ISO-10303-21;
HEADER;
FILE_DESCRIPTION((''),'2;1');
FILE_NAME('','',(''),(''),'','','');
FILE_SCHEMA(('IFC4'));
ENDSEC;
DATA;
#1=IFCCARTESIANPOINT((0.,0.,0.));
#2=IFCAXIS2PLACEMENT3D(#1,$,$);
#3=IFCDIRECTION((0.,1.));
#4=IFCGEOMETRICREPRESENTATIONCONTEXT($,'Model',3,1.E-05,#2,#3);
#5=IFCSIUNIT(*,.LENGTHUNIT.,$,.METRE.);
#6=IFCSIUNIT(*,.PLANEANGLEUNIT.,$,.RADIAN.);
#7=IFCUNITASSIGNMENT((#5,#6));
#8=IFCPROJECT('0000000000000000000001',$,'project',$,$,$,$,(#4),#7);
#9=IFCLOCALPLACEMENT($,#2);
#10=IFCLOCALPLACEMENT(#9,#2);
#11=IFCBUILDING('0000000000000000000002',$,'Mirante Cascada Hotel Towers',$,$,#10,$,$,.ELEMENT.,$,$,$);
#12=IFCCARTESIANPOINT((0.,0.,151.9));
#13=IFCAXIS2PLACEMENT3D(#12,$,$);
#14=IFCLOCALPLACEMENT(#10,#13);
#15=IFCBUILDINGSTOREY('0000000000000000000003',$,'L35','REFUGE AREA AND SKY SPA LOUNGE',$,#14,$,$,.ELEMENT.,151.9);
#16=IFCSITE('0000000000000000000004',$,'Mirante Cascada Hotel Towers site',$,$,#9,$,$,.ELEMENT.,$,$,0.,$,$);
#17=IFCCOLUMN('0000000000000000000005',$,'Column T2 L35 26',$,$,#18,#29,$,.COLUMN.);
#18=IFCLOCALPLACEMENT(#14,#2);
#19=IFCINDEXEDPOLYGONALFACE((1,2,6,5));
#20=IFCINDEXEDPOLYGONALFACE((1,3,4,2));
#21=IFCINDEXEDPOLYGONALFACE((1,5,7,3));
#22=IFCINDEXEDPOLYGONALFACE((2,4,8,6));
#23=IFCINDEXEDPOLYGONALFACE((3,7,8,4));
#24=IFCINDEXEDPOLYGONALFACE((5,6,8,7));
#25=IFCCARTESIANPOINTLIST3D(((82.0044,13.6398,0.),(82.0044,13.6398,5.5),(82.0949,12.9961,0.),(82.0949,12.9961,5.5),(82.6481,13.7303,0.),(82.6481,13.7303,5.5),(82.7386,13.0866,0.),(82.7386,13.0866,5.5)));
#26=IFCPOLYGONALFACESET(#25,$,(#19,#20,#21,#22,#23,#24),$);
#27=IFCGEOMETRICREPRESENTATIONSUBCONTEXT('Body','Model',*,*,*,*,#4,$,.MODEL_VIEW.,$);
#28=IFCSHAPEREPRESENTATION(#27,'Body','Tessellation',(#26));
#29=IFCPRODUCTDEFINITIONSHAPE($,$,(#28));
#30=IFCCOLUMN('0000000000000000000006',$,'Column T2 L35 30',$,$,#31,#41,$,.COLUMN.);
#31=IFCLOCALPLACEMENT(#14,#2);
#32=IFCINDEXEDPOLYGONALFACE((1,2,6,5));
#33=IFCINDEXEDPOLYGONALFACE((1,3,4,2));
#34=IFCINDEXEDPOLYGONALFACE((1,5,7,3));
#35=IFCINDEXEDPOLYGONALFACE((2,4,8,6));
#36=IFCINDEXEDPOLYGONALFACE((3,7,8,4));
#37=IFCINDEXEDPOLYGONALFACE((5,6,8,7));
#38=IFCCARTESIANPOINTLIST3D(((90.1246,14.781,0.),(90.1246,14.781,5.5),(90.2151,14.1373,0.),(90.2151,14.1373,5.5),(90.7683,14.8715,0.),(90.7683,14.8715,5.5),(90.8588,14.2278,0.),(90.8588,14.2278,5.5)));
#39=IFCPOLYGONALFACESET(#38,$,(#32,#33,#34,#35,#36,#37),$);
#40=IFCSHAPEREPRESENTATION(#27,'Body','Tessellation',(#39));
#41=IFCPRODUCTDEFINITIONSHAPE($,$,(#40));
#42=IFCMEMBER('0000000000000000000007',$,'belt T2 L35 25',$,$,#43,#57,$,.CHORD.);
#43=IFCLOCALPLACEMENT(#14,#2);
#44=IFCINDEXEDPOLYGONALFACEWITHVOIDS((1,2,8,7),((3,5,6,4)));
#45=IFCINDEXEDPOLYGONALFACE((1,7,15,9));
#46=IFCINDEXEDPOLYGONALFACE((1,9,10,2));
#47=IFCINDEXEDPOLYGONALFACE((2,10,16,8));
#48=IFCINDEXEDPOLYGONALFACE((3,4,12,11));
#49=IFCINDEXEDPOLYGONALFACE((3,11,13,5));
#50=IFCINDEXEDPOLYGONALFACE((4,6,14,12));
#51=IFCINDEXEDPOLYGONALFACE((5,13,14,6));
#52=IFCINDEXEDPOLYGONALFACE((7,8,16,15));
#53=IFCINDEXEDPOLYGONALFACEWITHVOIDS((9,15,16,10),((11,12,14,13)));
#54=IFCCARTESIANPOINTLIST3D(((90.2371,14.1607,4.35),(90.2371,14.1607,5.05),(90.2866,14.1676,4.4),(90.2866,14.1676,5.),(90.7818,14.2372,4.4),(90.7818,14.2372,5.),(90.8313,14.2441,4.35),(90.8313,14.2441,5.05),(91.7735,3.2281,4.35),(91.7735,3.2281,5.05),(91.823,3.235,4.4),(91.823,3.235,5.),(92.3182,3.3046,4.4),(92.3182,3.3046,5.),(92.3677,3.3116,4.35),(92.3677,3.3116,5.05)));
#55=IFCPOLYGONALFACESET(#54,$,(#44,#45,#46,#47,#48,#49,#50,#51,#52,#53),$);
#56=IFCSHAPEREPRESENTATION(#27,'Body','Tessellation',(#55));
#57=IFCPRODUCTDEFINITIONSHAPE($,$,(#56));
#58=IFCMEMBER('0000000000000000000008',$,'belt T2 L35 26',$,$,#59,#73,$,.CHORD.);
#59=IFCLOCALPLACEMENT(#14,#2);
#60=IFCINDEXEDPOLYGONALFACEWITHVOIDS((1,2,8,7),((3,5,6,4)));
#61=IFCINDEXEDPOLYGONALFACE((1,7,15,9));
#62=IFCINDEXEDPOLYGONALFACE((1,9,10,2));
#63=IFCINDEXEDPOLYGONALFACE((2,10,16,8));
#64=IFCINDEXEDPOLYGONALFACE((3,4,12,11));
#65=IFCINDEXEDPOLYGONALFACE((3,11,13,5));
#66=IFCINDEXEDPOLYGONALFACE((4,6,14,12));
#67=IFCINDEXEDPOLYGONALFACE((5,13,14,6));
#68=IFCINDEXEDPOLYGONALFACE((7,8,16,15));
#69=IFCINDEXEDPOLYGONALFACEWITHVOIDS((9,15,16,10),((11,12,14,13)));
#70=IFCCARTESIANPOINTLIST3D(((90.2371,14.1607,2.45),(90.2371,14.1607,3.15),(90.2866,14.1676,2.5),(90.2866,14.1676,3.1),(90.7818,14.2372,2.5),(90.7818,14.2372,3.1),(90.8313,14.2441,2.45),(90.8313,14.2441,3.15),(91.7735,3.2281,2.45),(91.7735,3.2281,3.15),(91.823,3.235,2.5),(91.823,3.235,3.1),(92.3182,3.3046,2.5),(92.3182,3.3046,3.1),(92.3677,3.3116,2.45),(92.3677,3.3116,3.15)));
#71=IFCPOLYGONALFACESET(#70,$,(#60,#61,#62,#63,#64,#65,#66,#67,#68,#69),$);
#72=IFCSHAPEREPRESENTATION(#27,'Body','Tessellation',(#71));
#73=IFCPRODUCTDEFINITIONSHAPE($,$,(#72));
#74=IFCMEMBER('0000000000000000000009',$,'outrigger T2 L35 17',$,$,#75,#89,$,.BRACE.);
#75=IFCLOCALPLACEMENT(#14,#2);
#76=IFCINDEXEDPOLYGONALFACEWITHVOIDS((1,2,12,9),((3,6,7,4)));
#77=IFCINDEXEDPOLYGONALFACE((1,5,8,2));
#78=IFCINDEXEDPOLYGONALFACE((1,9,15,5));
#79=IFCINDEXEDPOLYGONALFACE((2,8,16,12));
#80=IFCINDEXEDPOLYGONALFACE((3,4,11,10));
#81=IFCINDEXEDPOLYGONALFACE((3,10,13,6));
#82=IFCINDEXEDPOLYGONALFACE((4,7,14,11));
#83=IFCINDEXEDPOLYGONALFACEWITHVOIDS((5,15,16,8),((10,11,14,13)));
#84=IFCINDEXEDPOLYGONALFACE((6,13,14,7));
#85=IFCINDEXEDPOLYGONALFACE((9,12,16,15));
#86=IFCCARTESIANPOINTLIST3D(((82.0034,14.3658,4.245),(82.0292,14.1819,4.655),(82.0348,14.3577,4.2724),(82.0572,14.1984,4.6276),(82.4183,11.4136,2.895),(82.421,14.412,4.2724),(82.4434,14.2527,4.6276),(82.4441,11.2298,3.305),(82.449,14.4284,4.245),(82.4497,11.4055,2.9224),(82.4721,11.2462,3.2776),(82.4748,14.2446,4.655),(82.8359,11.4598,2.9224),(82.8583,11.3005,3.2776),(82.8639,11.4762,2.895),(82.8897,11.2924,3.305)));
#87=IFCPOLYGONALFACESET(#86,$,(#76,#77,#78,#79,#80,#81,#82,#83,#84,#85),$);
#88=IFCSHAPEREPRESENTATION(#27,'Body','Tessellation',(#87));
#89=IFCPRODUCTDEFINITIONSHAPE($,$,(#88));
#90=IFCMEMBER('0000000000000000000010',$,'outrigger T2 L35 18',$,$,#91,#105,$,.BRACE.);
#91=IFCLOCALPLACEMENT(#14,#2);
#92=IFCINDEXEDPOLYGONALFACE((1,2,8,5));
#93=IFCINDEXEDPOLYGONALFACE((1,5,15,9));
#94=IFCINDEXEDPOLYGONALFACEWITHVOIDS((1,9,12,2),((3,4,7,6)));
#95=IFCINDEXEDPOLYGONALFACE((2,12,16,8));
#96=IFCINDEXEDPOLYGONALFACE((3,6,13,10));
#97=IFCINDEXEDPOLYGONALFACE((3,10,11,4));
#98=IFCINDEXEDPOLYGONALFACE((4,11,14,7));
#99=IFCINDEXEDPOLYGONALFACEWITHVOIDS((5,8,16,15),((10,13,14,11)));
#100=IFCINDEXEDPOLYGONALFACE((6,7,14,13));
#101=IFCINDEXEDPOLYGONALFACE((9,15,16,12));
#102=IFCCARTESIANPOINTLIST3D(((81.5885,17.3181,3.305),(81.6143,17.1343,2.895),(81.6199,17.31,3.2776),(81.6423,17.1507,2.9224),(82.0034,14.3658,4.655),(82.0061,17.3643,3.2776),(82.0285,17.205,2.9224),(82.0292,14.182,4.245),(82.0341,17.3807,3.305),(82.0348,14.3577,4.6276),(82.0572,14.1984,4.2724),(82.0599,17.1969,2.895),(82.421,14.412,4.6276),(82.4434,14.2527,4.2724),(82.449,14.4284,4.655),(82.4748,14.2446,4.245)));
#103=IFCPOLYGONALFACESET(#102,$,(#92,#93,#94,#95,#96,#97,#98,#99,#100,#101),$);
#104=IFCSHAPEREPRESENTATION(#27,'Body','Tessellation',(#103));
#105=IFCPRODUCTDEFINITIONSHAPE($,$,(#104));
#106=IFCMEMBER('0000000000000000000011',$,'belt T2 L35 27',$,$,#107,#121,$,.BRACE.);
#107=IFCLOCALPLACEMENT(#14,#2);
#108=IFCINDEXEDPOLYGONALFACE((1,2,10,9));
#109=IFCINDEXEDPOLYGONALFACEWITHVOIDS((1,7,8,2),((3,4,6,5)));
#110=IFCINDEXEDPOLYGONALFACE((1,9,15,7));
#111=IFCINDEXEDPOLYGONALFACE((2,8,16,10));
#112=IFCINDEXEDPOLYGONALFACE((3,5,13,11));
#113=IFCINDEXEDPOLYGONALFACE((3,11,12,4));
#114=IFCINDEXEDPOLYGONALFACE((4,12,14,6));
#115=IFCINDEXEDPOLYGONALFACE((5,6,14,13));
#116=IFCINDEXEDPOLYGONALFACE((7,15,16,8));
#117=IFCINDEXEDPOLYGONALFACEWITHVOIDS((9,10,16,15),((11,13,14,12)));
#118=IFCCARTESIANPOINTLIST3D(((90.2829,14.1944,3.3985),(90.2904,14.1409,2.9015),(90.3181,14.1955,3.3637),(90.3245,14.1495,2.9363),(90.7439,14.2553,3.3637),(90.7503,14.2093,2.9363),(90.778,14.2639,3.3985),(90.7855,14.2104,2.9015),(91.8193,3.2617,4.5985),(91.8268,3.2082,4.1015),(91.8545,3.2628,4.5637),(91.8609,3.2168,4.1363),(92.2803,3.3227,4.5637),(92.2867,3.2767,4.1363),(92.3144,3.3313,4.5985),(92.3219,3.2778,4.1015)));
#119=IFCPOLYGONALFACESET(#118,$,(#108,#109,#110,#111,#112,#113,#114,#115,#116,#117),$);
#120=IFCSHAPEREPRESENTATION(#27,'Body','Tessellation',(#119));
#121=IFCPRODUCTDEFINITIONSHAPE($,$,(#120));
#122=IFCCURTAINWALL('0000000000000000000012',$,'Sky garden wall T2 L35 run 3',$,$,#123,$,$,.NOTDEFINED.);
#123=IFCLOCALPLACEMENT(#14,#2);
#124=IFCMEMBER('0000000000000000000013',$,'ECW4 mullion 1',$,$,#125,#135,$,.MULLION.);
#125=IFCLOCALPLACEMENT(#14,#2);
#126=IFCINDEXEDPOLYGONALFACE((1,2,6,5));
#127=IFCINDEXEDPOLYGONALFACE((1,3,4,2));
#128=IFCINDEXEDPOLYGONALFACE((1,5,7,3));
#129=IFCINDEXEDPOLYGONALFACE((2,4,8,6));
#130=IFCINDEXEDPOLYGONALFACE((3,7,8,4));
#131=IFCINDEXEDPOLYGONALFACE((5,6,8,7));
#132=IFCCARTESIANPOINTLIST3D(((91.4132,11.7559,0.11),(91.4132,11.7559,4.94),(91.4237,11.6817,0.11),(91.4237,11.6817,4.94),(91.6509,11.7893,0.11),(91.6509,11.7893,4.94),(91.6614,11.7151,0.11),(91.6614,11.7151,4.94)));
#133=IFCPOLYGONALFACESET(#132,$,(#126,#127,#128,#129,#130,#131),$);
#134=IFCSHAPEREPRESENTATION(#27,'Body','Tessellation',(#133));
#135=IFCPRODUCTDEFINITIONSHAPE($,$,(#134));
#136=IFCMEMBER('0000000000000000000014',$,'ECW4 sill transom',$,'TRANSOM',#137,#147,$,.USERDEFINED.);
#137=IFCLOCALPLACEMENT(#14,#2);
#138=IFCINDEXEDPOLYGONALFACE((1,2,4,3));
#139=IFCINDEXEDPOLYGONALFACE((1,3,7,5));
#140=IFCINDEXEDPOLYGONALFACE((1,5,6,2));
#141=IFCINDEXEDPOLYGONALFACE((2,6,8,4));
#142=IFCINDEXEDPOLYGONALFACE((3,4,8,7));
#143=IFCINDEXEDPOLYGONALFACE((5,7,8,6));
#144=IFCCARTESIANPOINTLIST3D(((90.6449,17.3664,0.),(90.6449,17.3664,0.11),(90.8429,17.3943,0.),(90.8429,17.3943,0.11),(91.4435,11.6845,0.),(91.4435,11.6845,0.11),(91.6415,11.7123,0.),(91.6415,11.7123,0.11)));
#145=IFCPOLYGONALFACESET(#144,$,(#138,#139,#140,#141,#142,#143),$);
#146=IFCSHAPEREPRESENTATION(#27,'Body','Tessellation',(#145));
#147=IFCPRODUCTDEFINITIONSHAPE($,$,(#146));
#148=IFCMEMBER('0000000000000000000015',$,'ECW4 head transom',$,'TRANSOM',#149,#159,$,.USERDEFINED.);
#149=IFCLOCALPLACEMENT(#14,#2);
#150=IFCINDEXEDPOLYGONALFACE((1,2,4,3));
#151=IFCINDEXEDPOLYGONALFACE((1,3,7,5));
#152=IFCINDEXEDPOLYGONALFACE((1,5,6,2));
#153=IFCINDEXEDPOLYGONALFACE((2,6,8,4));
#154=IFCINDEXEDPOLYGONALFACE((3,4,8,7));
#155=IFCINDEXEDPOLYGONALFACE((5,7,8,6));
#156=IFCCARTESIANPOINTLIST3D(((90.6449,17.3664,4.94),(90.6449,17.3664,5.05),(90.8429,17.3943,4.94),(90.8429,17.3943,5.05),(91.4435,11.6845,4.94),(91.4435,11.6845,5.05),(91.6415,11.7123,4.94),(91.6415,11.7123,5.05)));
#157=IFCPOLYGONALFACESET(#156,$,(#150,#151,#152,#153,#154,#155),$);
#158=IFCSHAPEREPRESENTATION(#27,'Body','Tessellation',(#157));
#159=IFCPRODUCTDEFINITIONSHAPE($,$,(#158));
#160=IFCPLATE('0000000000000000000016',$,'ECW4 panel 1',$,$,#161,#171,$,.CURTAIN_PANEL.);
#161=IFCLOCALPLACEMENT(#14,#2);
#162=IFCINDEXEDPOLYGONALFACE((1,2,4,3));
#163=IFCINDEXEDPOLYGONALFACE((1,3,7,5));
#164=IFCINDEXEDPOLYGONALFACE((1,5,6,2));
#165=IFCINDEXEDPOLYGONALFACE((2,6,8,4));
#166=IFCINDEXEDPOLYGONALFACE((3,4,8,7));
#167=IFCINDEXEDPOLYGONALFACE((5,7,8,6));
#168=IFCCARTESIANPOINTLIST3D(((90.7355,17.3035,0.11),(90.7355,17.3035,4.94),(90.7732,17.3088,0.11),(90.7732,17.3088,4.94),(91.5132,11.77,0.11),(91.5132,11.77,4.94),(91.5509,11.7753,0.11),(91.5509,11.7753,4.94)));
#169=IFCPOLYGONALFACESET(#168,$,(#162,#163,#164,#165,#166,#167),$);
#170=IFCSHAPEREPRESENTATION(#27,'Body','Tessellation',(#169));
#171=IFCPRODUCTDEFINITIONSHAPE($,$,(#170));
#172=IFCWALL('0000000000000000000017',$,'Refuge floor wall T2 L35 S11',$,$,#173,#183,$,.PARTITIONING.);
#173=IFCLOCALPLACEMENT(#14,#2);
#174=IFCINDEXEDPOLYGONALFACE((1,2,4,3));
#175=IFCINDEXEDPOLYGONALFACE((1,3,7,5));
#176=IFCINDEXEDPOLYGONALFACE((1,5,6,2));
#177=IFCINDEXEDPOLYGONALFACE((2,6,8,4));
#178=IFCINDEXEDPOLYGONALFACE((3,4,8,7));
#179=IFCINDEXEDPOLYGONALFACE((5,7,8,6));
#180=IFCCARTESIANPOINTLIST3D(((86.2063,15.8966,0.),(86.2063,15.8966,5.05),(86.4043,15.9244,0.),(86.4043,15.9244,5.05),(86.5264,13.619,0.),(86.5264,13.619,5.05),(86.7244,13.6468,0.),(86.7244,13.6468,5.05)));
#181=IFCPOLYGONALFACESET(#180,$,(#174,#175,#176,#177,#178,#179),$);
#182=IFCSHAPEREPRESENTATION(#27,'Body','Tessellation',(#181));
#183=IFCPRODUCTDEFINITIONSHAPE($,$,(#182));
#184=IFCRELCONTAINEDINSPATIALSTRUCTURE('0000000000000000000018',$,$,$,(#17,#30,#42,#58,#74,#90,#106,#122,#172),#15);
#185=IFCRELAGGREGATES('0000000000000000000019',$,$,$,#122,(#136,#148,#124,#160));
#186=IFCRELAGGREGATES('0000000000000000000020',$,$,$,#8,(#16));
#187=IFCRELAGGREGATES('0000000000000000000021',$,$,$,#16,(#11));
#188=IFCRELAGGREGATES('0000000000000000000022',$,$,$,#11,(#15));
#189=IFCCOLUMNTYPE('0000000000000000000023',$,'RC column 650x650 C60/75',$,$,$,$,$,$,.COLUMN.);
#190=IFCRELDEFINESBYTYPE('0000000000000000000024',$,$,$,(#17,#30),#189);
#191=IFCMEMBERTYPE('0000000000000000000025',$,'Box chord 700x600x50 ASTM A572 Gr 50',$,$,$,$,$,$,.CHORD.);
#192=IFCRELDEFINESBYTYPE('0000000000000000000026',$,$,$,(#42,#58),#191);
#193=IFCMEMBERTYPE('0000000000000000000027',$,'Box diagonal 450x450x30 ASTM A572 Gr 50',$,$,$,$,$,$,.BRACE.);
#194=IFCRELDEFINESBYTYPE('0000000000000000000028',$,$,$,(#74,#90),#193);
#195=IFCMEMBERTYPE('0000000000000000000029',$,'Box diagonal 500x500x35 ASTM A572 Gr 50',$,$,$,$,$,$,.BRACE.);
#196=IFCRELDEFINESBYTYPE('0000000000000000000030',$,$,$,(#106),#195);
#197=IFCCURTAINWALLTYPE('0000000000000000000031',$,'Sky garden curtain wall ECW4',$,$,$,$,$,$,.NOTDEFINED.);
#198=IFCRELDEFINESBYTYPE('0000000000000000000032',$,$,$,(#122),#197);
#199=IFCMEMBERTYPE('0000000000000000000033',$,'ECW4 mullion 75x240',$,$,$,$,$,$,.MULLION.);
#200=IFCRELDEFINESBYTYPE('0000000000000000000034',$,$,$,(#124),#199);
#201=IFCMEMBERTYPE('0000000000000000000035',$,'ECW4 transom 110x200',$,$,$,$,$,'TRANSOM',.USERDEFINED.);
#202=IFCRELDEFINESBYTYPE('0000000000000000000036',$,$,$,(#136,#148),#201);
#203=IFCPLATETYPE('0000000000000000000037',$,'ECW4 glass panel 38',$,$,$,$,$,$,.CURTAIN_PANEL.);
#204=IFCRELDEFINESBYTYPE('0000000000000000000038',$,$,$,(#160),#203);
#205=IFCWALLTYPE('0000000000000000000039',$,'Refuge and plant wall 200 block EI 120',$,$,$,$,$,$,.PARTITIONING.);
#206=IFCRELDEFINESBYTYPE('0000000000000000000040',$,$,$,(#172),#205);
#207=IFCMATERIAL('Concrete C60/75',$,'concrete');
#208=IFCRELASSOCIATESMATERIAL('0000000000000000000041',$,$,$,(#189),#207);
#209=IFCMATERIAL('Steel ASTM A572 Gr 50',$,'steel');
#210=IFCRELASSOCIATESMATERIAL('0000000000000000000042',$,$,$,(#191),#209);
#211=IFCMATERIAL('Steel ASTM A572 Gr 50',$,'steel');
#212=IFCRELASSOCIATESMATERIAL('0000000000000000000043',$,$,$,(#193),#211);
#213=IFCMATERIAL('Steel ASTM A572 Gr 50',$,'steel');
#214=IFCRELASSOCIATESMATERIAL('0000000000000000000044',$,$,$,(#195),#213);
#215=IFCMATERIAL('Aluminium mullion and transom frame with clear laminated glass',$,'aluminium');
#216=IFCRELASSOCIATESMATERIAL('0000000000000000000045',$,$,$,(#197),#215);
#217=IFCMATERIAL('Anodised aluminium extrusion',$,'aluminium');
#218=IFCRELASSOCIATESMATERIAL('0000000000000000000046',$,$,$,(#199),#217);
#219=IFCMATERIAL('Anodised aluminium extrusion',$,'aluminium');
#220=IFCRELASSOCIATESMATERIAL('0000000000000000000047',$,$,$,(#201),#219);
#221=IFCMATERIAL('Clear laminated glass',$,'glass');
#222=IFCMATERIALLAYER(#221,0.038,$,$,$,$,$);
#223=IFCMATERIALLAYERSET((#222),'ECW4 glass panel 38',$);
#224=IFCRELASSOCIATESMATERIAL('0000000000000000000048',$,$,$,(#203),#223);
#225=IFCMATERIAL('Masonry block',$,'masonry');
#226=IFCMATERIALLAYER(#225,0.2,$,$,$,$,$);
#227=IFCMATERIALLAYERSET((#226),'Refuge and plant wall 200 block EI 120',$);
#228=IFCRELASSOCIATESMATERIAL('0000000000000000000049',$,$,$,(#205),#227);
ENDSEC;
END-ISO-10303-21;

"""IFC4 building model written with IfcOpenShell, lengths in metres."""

from ifc_helpers import new_model, si_unit, direction, frame, frame_2d, origin, origin_2d, place, context, subcontext, project, spatial, rectangle, hollow_rectangle, extrude, material, layer, layer_set, material_profile, profile_set, type_object, element, aggregate, save


model = new_model("IFC4")

# Units and contexts
model_context = context("Model", 3, precision=1e-05, world=origin(), true_north=direction((0.0, 1.0)))
body_context = subcontext(model_context, "Body", "Model", "MODEL_VIEW")
ifc_project = project(units=[si_unit("LENGTHUNIT", "METRE"), si_unit("PLANEANGLEUNIT", "RADIAN")], contexts=[model_context])

# Site, building, storey
site_placement = place(None, origin())
site = spatial("IfcSite", under=ifc_project, at=site_placement, Name="Mirante Cascada Hotel Towers site", CompositionType="ELEMENT", RefElevation=0.0)
building_placement = place(site_placement, origin())
building = spatial("IfcBuilding", under=site, at=building_placement, Name="Mirante Cascada Hotel Towers", CompositionType="ELEMENT")
storey_placement = place(building_placement, frame((0.0, 0.0, 151.9)))
storey = spatial("IfcBuildingStorey", under=building, at=storey_placement, Name="L35", Description="REFUGE AREA AND SKY SPA LOUNGE", CompositionType="ELEMENT", Elevation=151.9)

# Columns
ifc_material_1 = material(Name="Concrete C60/75", Category="concrete")
ifc_material_profile_1 = material_profile(ifc_material_1, rectangle(XDim=0.65, YDim=0.65, at=origin_2d()), Name="RC column 650x650 C60/75")
ifc_profile_set_1 = profile_set([ifc_material_profile_1], Name="Concrete C60/75")
column_type = type_object("IfcColumnType", Name="RC column 650x650 C60/75", PredefinedType="COLUMN", material=ifc_profile_set_1)
for number, where, z_axis, x_axis, name in (
    (1, (82.3715, 13.3632, 0.0), (0.0, 0.0, 1.0), (0.990268, 0.139173, 0.0), "Column T2 L35 26"),
    (2, (90.4917, 14.5044, 0.0), (0.0, 0.0, 1.0), (0.990268, 0.139173, 0.0), "Column T2 L35 30"),
):
    element("IfcColumn", number, at=place(storey_placement, frame(where, z_axis=z_axis, x_axis=x_axis)), inside=storey, type_object=column_type, Name=name, PredefinedType="COLUMN", context=body_context, shape_type="SweptSolid", body=[
        extrude(rectangle(XDim=0.65, YDim=0.65, at=origin_2d()), origin(), (0.0, 0.0, 1.0), 5.5),
    ])

# Members
ifc_material_2 = material(Name="Steel ASTM A572 Gr 50", Category="steel")
ifc_material_profile_2 = material_profile(ifc_material_2, hollow_rectangle(XDim=0.6, YDim=0.7, WallThickness=0.05, at=origin_2d()), Name="Box chord 700x600x50 ASTM A572 Gr 50")
ifc_profile_set_2 = profile_set([ifc_material_profile_2], Name="Steel ASTM A572 Gr 50")
member_type_1 = type_object("IfcMemberType", Name="Box chord 700x600x50 ASTM A572 Gr 50", PredefinedType="CHORD", material=ifc_profile_set_2)
for number, where, z_axis, x_axis, name in (
    (3, (90.5342, 14.2024, 4.7), (0.139166, -0.990269, 0.0), (0.990269, 0.139166, 0.0), "belt T2 L35 25"),
    (4, (90.5342, 14.2024, 2.8), (0.139166, -0.990269, 0.0), (0.990269, 0.139166, 0.0), "belt T2 L35 26"),
):
    element("IfcMember", number, at=place(storey_placement, frame(where, z_axis=z_axis, x_axis=x_axis)), inside=storey, type_object=member_type_1, Name=name, PredefinedType="CHORD", context=body_context, shape_type="SweptSolid", body=[
        extrude(hollow_rectangle(XDim=0.6, YDim=0.7, WallThickness=0.05, at=origin_2d()), origin(), (0.0, 0.0, 1.0), 11.04),
    ])
ifc_material_3 = material(Name="Steel ASTM A572 Gr 50", Category="steel")
ifc_material_profile_3 = material_profile(ifc_material_3, hollow_rectangle(XDim=0.45, YDim=0.45, WallThickness=0.03, at=origin_2d()), Name="Box diagonal 450x450x30 ASTM A572 Gr 50")
ifc_profile_set_3 = profile_set([ifc_material_profile_3], Name="Steel ASTM A572 Gr 50")
member_type_2 = type_object("IfcMemberType", Name="Box diagonal 450x450x30 ASTM A572 Gr 50", PredefinedType="BRACE", material=ifc_profile_set_3)
member_1_placement = place(storey_placement, frame((82.654, 11.353, 3.1), z_axis=(-0.126779, 0.902087, 0.412512), x_axis=(-0.990268, -0.139172, 0.0)))
element("IfcMember", 5, at=member_1_placement, inside=storey, type_object=member_type_2, Name="outrigger T2 L35 17", PredefinedType="BRACE", context=body_context, shape_type="SweptSolid", body=[
    extrude(hollow_rectangle(XDim=0.45, YDim=0.45, WallThickness=0.03, at=origin_2d()), origin(), (0.0, 0.0, 1.0), 3.2726),
])
member_2_placement = place(storey_placement, frame((82.2391, 14.3052, 4.45), z_axis=(-0.126775, 0.902093, -0.4125), x_axis=(-0.990269, -0.139167, 0.0)))
element("IfcMember", 6, at=member_2_placement, inside=storey, type_object=member_type_2, Name="outrigger T2 L35 18", PredefinedType="BRACE", context=body_context, shape_type="SweptSolid", body=[
    extrude(hollow_rectangle(XDim=0.45, YDim=0.45, WallThickness=0.03, at=origin_2d()), origin(), (0.0, 0.0, 1.0), 3.2727),
])
ifc_material_4 = material(Name="Steel ASTM A572 Gr 50", Category="steel")
ifc_material_profile_4 = material_profile(ifc_material_4, hollow_rectangle(XDim=0.5, YDim=0.5, WallThickness=0.035, at=origin_2d()), Name="Box diagonal 500x500x35 ASTM A572 Gr 50")
ifc_profile_set_4 = profile_set([ifc_material_profile_4], Name="Steel ASTM A572 Gr 50")
member_type_3 = type_object("IfcMemberType", Name="Box diagonal 500x500x35 ASTM A572 Gr 50", PredefinedType="BRACE", material=ifc_profile_set_4)
member_3_placement = place(storey_placement, frame((90.5342, 14.2024, 3.15), z_axis=(0.138351, -0.984471, 0.108059), x_axis=(0.990269, 0.139166, 0.0)))
element("IfcMember", 7, at=member_3_placement, inside=storey, type_object=member_type_3, Name="belt T2 L35 27", PredefinedType="BRACE", context=body_context, shape_type="SweptSolid", body=[
    extrude(hollow_rectangle(XDim=0.5, YDim=0.5, WallThickness=0.035, at=origin_2d()), origin(), (0.0, 0.0, 1.0), 11.1051),
])

# Curtain wall, members, plate
ifc_material_5 = material(Name="Aluminium mullion and transom frame with clear laminated glass", Category="aluminium")
curtain_wall_type = type_object("IfcCurtainWallType", Name="Sky garden curtain wall ECW4", PredefinedType="NOTDEFINED", material=ifc_material_5)
curtain_wall_placement = place(storey_placement, origin())
curtain_wall = element("IfcCurtainWall", 8, at=curtain_wall_placement, inside=storey, type_object=curtain_wall_type, Name="Sky garden wall T2 L35 run 3", PredefinedType="NOTDEFINED")
ifc_material_6 = material(Name="Anodised aluminium extrusion", Category="aluminium")
ifc_material_profile_5 = material_profile(ifc_material_6, rectangle(XDim=0.24, YDim=0.075, at=origin_2d()), Name="ECW4 MULLION 75x240")
ifc_profile_set_5 = profile_set([ifc_material_profile_5], Name="Anodised aluminium extrusion")
member_type_4 = type_object("IfcMemberType", Name="ECW4 mullion 75x240", PredefinedType="MULLION", material=ifc_profile_set_5)
member_4_placement = place(storey_placement, frame((91.5373, 11.7355, 0.11), z_axis=(0.0, 0.0, 1.0), x_axis=(-0.990268, -0.139173, 0.0)))
member_4 = element("IfcMember", 9, at=member_4_placement, type_object=member_type_4, Name="ECW4 mullion 1", PredefinedType="MULLION", context=body_context, shape_type="SweptSolid", body=[
    extrude(rectangle(XDim=0.24, YDim=0.075, at=origin_2d()), origin(), (0.0, 0.0, 1.0), 4.83),
])
ifc_material_7 = material(Name="Anodised aluminium extrusion", Category="aluminium")
ifc_material_profile_6 = material_profile(ifc_material_7, rectangle(XDim=0.2, YDim=0.11, at=origin_2d()), Name="ECW4 TRANSOM 110x200")
ifc_profile_set_6 = profile_set([ifc_material_profile_6], Name="Anodised aluminium extrusion")
member_type_5 = type_object("IfcMemberType", Name="ECW4 transom 110x200", ElementType="TRANSOM", PredefinedType="USERDEFINED", material=ifc_profile_set_6)
member_5_placement = place(storey_placement, frame((91.5425, 11.6984, 0.055), z_axis=(-0.139181, 0.990267, 0.0), x_axis=(-0.990267, -0.139181, 0.0)))
member_5 = element("IfcMember", 10, at=member_5_placement, type_object=member_type_5, Name="ECW4 sill transom", ObjectType="TRANSOM", PredefinedType="USERDEFINED", context=body_context, shape_type="SweptSolid", body=[
    extrude(rectangle(XDim=0.2, YDim=0.11, at=origin_2d()), origin(), (0.0, 0.0, 1.0), 5.7378),
])
member_6_placement = place(storey_placement, frame((91.5425, 11.6984, 4.995), z_axis=(-0.139181, 0.990267, 0.0), x_axis=(-0.990267, -0.139181, 0.0)))
member_6 = element("IfcMember", 11, at=member_6_placement, type_object=member_type_5, Name="ECW4 head transom", ObjectType="TRANSOM", PredefinedType="USERDEFINED", context=body_context, shape_type="SweptSolid", body=[
    extrude(rectangle(XDim=0.2, YDim=0.11, at=origin_2d()), origin(), (0.0, 0.0, 1.0), 5.7378),
])
ifc_material_8 = material(Name="Clear laminated glass", Category="glass")
ifc_layer_1 = layer(ifc_material_8, 0.038)
ifc_layer_set_1 = layer_set([ifc_layer_1], Name="ECW4 glass panel 38")
plate_type = type_object("IfcPlateType", Name="ECW4 glass panel 38", PredefinedType="CURTAIN_PANEL", material=ifc_layer_set_1)
plate_placement = place(storey_placement, frame((91.1432, 14.5394, 0.11), z_axis=(0.0, 0.0, 1.0), x_axis=(-0.139173, 0.990268, 0.0)))
plate = element("IfcPlate", 12, at=plate_placement, type_object=plate_type, Name="ECW4 panel 1", PredefinedType="CURTAIN_PANEL", context=body_context, shape_type="SweptSolid", body=[
    extrude(rectangle(XDim=5.5879, YDim=0.038, at=origin_2d()), origin(), (0.0, 0.0, 1.0), 4.83),
])
aggregate(curtain_wall, [member_5, member_6, member_4, plate])

# Wall
ifc_material_9 = material(Name="Masonry block", Category="masonry")
ifc_layer_2 = layer(ifc_material_9, 0.2)
ifc_layer_set_2 = layer_set([ifc_layer_2], Name="Refuge and plant wall 200 block EI 120")
wall_type = type_object("IfcWallType", Name="Refuge and plant wall 200 block EI 120", PredefinedType="PARTITIONING", material=ifc_layer_set_2)
wall_1_placement = place(storey_placement, frame((86.6254, 13.6329, 0.0), z_axis=(0.0, 0.0, 1.0), x_axis=(-0.139175, 0.990268, 0.0)))
element("IfcWall", 13, at=wall_1_placement, inside=storey, type_object=wall_type, Name="Refuge floor wall T2 L35 S11", PredefinedType="PARTITIONING", context=body_context, shape_type="SweptSolid", body=[
    extrude(rectangle(XDim=2.3, YDim=0.2, at=frame_2d((1.15, 0.0))), origin(), (0.0, 0.0, 1.0), 5.05),
])

save(model, "model.ifc")
